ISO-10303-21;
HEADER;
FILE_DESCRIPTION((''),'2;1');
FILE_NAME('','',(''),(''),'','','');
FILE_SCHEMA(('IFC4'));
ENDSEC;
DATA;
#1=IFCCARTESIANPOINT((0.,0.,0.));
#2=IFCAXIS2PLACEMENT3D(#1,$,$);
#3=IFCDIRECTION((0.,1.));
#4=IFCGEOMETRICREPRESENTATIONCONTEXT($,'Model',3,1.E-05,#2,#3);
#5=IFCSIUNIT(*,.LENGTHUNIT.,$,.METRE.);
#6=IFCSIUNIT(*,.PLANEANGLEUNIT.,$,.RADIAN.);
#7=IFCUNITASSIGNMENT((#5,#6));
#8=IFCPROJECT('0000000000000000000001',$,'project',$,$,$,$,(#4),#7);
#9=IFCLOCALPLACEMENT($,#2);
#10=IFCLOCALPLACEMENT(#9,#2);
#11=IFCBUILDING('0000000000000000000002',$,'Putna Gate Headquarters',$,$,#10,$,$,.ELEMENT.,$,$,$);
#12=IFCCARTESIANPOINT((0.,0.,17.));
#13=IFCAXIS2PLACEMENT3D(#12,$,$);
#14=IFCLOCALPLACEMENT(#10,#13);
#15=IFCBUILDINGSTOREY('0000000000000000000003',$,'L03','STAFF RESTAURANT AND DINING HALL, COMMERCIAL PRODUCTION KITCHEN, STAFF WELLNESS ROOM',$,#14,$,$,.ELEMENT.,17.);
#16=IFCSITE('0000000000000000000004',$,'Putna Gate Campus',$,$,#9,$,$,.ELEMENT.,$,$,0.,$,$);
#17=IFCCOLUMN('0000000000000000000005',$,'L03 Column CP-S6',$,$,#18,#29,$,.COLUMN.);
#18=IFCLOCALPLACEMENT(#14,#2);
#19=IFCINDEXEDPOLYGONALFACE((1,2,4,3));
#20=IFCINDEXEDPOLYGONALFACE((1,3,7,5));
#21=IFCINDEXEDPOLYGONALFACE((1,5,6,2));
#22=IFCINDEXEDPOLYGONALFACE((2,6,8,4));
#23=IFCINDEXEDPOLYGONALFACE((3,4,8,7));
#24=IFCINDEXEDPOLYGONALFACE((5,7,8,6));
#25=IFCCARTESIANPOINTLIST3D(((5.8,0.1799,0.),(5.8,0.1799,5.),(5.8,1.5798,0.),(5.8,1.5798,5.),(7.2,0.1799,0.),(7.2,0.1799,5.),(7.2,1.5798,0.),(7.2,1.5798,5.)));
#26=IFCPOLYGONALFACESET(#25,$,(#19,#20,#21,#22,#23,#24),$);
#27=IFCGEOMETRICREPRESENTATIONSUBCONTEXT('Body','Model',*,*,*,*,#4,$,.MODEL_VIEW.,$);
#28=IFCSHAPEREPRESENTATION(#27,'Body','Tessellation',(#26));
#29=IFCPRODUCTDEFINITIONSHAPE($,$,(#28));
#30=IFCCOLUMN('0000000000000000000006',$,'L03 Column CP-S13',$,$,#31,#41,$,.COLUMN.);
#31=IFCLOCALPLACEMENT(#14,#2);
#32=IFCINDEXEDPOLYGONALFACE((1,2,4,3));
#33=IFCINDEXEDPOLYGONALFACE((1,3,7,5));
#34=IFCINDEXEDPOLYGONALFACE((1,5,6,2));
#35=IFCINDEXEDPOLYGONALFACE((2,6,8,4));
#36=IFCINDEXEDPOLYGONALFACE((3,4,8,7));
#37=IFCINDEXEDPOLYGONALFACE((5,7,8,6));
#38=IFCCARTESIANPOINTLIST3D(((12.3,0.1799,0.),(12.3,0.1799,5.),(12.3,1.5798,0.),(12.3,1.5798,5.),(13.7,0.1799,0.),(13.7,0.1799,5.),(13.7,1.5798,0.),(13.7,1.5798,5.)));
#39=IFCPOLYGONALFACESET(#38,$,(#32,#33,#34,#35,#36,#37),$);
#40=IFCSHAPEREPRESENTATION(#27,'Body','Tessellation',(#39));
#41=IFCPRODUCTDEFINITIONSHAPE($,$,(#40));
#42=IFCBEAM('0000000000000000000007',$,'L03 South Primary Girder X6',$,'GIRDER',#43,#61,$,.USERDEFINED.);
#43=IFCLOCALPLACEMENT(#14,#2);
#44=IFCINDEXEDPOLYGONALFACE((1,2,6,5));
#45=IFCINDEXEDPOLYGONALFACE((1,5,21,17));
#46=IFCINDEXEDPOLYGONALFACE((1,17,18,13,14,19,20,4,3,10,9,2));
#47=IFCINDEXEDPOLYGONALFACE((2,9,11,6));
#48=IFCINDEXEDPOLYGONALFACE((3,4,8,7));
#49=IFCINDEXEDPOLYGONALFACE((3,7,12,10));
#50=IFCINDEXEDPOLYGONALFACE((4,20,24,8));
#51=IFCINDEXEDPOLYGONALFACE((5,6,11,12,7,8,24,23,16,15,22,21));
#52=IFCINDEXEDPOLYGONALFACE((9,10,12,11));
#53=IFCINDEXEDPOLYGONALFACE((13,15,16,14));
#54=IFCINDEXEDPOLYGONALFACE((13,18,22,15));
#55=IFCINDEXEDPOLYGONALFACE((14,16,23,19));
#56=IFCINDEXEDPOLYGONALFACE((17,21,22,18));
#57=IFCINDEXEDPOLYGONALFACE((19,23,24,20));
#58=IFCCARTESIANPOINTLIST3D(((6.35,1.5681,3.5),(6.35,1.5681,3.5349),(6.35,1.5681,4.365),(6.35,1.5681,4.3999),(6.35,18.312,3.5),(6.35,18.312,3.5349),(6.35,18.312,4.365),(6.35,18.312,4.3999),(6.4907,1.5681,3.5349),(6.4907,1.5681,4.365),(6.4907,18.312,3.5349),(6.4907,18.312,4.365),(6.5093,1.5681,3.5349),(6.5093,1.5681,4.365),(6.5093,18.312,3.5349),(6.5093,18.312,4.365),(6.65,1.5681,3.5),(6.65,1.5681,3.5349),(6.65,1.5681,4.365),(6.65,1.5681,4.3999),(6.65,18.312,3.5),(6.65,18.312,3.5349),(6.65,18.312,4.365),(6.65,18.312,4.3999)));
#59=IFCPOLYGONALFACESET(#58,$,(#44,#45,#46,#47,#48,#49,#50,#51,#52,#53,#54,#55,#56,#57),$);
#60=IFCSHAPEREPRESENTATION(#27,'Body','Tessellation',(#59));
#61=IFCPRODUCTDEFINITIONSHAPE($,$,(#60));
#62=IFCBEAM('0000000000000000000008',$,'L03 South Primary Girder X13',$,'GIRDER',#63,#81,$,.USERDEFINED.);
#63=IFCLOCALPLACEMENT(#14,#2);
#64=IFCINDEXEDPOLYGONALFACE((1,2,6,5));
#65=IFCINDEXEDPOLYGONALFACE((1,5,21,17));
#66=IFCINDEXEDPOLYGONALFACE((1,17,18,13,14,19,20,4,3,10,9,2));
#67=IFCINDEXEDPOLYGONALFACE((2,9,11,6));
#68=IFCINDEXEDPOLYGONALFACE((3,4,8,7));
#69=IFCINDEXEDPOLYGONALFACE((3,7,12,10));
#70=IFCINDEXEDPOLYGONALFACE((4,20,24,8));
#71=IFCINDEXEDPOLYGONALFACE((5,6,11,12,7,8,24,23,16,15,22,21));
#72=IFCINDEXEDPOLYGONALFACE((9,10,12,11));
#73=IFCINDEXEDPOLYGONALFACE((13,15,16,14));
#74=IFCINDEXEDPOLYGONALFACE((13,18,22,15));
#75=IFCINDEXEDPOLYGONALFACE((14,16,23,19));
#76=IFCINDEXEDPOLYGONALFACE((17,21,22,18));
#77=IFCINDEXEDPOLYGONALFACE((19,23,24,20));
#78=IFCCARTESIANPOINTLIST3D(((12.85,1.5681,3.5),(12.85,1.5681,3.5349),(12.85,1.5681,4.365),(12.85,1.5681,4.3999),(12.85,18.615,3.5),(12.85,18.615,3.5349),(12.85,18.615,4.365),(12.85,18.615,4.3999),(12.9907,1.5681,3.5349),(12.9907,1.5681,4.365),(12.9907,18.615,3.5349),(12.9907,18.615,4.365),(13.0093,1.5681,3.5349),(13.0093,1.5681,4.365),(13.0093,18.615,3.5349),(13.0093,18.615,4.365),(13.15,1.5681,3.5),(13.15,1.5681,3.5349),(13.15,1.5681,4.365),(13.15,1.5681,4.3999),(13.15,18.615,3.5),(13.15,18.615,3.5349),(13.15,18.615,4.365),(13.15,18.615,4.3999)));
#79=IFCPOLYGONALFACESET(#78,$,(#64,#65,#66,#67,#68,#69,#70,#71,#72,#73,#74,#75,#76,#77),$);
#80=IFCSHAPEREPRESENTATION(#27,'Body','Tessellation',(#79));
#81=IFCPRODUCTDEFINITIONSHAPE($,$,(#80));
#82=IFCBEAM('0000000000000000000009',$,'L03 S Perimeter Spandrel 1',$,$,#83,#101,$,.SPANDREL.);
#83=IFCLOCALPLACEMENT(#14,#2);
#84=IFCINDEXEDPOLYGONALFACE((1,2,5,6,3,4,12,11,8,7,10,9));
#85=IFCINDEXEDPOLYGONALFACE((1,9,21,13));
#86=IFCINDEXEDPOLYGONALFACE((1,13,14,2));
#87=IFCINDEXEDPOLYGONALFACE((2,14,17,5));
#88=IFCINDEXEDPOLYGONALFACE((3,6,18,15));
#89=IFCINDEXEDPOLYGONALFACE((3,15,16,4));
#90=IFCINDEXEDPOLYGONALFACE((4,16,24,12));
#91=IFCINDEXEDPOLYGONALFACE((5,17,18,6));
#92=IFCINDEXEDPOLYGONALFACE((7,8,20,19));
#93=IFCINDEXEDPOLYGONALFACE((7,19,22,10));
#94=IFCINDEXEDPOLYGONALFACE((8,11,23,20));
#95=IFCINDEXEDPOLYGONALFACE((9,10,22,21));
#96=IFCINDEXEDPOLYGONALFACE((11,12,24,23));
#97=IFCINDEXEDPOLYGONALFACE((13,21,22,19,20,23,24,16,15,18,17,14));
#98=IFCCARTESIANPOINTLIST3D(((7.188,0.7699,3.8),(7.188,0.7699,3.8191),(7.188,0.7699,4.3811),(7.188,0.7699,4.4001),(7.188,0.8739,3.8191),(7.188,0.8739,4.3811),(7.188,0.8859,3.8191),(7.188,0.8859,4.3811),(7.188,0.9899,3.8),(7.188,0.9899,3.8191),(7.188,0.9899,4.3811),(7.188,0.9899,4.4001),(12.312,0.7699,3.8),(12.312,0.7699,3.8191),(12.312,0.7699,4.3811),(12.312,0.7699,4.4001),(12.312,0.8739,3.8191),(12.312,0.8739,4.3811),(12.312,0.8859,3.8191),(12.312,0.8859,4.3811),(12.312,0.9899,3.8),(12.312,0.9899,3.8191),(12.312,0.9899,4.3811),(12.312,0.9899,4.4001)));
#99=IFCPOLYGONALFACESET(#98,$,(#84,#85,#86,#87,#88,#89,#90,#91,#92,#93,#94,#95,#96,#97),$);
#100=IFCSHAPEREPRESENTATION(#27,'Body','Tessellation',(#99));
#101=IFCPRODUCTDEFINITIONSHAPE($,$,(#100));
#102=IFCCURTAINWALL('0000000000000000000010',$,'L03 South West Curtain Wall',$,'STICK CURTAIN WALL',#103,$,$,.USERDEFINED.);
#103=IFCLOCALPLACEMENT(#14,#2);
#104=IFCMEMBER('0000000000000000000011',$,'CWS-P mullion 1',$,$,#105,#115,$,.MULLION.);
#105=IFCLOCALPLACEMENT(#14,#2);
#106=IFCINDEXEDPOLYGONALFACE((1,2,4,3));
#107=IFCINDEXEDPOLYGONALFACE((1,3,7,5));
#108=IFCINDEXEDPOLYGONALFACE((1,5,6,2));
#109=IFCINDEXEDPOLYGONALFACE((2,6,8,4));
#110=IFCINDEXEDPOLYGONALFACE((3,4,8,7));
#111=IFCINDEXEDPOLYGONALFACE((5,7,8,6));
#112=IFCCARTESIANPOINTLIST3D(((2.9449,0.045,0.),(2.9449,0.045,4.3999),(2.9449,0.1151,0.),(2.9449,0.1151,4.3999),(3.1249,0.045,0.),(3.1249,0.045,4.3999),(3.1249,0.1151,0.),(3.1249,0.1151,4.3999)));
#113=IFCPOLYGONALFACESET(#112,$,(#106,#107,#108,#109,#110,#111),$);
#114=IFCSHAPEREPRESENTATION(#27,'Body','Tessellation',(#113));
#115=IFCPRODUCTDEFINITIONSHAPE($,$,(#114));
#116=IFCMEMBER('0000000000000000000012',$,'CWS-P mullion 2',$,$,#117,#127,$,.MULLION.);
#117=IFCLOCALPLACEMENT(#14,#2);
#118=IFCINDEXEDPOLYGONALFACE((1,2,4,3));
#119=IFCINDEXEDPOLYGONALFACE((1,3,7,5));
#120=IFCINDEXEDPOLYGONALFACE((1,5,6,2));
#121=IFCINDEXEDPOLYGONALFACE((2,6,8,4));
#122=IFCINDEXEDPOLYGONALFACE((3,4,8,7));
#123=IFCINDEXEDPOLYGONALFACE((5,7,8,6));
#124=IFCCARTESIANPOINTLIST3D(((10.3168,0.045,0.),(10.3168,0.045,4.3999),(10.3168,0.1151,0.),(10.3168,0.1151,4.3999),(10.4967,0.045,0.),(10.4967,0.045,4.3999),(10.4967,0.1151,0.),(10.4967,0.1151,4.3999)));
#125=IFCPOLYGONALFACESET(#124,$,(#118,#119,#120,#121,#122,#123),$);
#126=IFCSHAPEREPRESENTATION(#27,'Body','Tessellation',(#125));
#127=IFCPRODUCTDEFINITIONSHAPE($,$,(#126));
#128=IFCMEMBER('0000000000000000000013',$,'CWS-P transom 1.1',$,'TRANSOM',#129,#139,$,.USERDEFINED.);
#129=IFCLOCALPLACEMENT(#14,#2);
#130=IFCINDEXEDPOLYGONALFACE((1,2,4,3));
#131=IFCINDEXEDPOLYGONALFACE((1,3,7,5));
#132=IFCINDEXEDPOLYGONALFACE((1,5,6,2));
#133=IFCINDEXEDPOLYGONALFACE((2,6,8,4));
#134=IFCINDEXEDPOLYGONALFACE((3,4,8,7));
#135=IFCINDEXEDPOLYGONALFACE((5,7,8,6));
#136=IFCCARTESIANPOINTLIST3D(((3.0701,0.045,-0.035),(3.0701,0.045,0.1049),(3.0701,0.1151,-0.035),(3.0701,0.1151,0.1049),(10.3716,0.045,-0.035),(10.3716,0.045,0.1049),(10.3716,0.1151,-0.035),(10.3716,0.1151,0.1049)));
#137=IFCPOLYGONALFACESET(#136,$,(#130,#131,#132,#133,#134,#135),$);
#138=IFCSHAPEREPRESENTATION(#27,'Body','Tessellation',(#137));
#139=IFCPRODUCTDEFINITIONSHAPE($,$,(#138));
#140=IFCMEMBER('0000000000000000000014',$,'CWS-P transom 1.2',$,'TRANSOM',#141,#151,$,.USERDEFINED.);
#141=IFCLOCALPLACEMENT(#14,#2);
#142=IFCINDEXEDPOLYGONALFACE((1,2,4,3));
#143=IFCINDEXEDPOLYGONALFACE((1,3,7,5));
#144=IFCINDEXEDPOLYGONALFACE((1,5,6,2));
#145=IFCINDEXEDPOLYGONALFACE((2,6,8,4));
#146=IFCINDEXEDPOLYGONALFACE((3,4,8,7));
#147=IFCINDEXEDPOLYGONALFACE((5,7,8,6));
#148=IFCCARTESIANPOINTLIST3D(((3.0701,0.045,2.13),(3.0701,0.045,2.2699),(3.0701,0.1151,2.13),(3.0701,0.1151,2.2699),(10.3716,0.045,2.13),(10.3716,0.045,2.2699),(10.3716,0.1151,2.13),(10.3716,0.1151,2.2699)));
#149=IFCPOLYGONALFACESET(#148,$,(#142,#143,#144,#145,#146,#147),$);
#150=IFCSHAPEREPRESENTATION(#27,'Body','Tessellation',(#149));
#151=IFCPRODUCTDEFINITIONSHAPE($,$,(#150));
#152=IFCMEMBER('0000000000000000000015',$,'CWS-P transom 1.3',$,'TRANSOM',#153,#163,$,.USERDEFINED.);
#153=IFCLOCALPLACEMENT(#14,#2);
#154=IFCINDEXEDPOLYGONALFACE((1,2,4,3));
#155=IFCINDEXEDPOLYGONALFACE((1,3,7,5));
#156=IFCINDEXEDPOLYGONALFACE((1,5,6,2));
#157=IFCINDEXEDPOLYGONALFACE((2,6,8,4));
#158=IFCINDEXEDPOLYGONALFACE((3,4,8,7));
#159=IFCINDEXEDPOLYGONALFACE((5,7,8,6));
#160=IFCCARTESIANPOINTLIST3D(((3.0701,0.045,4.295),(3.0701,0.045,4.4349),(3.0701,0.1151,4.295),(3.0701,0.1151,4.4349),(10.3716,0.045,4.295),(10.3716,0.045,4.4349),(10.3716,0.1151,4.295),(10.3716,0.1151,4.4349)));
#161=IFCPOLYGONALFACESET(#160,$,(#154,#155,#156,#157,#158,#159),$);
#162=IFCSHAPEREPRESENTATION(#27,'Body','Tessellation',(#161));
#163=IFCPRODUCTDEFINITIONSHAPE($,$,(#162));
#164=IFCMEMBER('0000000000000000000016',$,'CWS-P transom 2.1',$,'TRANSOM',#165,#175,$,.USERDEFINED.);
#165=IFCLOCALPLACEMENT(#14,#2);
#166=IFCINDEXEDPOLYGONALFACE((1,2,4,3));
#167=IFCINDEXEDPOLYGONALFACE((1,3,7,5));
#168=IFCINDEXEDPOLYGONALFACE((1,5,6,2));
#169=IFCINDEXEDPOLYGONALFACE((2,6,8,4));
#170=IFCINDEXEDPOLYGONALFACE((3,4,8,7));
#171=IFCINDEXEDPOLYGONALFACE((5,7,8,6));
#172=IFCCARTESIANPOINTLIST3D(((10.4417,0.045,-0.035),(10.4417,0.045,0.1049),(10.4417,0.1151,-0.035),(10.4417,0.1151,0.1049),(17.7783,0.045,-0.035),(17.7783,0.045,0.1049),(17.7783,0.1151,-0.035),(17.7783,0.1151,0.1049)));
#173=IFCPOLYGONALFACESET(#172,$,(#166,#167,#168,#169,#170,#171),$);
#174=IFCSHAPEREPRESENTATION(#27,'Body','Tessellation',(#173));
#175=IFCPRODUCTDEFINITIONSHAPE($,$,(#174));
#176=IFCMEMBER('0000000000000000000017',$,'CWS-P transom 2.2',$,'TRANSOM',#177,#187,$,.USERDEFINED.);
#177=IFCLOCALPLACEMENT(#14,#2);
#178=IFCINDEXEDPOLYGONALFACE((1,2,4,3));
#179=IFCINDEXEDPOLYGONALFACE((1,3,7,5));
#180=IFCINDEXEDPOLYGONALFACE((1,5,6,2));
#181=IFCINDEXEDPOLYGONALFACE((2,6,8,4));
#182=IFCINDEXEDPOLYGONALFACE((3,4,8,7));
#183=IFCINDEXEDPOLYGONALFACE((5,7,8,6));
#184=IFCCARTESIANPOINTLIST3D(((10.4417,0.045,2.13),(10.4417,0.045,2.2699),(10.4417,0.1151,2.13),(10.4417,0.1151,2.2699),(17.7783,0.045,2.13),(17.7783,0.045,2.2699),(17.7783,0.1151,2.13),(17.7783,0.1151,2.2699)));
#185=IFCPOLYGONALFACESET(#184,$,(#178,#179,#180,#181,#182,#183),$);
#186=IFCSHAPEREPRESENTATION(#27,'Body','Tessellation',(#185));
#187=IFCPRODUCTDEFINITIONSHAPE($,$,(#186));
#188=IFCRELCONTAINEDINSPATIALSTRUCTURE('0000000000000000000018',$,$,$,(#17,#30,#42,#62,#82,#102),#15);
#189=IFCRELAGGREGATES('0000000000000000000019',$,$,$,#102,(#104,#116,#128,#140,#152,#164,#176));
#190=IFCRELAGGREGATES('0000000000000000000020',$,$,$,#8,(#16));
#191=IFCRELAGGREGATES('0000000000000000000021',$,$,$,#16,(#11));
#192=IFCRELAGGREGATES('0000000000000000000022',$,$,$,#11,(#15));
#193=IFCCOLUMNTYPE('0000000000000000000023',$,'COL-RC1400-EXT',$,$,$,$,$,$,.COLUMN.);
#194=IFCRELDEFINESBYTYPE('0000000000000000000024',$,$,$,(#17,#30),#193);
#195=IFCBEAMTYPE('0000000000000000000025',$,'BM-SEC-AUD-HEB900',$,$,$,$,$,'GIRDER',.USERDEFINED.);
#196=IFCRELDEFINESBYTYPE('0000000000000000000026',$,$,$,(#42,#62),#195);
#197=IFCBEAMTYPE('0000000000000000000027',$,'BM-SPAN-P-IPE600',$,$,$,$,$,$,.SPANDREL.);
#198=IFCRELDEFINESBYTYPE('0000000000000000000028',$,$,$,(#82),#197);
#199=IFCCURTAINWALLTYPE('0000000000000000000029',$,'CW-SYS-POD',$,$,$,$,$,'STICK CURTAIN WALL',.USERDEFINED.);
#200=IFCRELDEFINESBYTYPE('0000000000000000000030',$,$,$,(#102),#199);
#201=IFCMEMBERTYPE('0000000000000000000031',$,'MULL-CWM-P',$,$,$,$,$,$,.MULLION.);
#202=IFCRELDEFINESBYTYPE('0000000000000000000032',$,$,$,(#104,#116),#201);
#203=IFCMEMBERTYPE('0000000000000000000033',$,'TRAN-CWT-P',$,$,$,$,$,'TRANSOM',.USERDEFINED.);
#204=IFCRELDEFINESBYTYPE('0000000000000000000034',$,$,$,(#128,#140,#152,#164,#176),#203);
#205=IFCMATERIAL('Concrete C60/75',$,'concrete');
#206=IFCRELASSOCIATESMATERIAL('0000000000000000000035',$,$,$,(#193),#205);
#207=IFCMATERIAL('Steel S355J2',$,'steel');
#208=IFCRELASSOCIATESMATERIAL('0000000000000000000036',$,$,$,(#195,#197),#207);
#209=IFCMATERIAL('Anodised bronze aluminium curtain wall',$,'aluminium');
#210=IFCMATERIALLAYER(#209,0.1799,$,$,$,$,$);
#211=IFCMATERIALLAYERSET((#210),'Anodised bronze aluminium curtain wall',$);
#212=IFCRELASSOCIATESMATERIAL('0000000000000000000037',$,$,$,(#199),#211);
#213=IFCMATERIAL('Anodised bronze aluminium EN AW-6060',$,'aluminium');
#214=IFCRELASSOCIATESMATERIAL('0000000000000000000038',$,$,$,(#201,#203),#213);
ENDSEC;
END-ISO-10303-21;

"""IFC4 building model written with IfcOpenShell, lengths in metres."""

from ifc_helpers import new_model, si_unit, direction, frame, origin, origin_2d, place, context, subcontext, project, spatial, rectangle, i_section, extrude, material, layer, layer_set, material_profile, profile_set, type_object, element, aggregate, save


model = new_model("IFC4")

# Units and contexts
model_context = context("Model", 3, precision=1e-05, world=origin(), true_north=direction((0.0, 1.0)))
body_context = subcontext(model_context, "Body", "Model", "MODEL_VIEW")
ifc_project = project(units=[si_unit("LENGTHUNIT", "METRE"), si_unit("PLANEANGLEUNIT", "RADIAN")], contexts=[model_context])

# Site, building, storey
site_placement = place(None, origin())
site = spatial("IfcSite", under=ifc_project, at=site_placement, Name="Putna Gate Campus", CompositionType="ELEMENT", RefElevation=0.0)
building_placement = place(site_placement, origin())
building = spatial("IfcBuilding", under=site, at=building_placement, Name="Putna Gate Headquarters", CompositionType="ELEMENT")
storey_placement = place(building_placement, frame((0.0, 0.0, 17.0)))
storey = spatial("IfcBuildingStorey", under=building, at=storey_placement, Name="L03", Description="STAFF RESTAURANT AND DINING HALL, COMMERCIAL PRODUCTION KITCHEN, STAFF WELLNESS ROOM", CompositionType="ELEMENT", Elevation=17.0)

# Columns
ifc_material_1 = material(Name="Concrete C60/75", Category="concrete")
ifc_material_profile_1 = material_profile(ifc_material_1, rectangle(XDim=1.3999, YDim=1.3999, at=origin_2d()), Name="Concrete C60/75")
ifc_profile_set_1 = profile_set([ifc_material_profile_1], Name="Concrete C60/75")
column_type = type_object("IfcColumnType", Name="COL-RC1400-EXT", PredefinedType="COLUMN", material=ifc_profile_set_1)
for number, where, z_axis, x_axis, name in (
    (1, (6.5, 0.8799, 0.0), (0.0, 0.0, 1.0), (1.0, 0.0, 0.0), "L03 Column CP-S6"),
    (2, (13.0, 0.8799, 0.0), (0.0, 0.0, 1.0), (1.0, 0.0, 0.0), "L03 Column CP-S13"),
):
    element("IfcColumn", number, at=place(storey_placement, frame(where, z_axis=z_axis, x_axis=x_axis)), inside=storey, type_object=column_type, Name=name, PredefinedType="COLUMN", context=body_context, shape_type="SweptSolid", body=[
        extrude(rectangle(XDim=1.3999, YDim=1.3999, at=origin_2d()), origin(), (0.0, 0.0, 1.0), 5.0),
    ])

# Beams
ifc_material_2 = material(Name="Steel S355J2", Category="steel")
ifc_material_profile_2 = material_profile(ifc_material_2, i_section(OverallWidth=0.3, OverallDepth=0.8999, WebThickness=0.0186, FlangeThickness=0.0349, at=origin_2d()), Name="Steel S355J2")
ifc_profile_set_2 = profile_set([ifc_material_profile_2], Name="Steel S355J2")
beam_type_1 = type_object("IfcBeamType", Name="BM-SEC-AUD-HEB900", ElementType="GIRDER", PredefinedType="USERDEFINED", material=ifc_profile_set_2)
beam_1_placement = place(storey_placement, frame((6.5, 1.5681, 3.95), z_axis=(0.0, 1.0, 0.0), x_axis=(-1.0, 0.0, 0.0)))
element("IfcBeam", 3, at=beam_1_placement, inside=storey, type_object=beam_type_1, Name="L03 South Primary Girder X6", ObjectType="GIRDER", PredefinedType="USERDEFINED", context=body_context, shape_type="SweptSolid", body=[
    extrude(i_section(OverallWidth=0.3, OverallDepth=0.8999, WebThickness=0.0186, FlangeThickness=0.0349, at=origin_2d()), origin(), (0.0, 0.0, 1.0), 16.7439),
])
beam_2_placement = place(storey_placement, frame((13.0, 1.5681, 3.95), z_axis=(0.0, 1.0, 0.0), x_axis=(-1.0, 0.0, 0.0)))
element("IfcBeam", 4, at=beam_2_placement, inside=storey, type_object=beam_type_1, Name="L03 South Primary Girder X13", ObjectType="GIRDER", PredefinedType="USERDEFINED", context=body_context, shape_type="SweptSolid", body=[
    extrude(i_section(OverallWidth=0.3, OverallDepth=0.8999, WebThickness=0.0186, FlangeThickness=0.0349, at=origin_2d()), origin(), (0.0, 0.0, 1.0), 17.0469),
])
ifc_material_profile_3 = material_profile(ifc_material_2, i_section(OverallWidth=0.22, OverallDepth=0.6001, WebThickness=0.012, FlangeThickness=0.019, at=origin_2d()), Name="Steel S355J2")
ifc_profile_set_3 = profile_set([ifc_material_profile_3], Name="Steel S355J2")
beam_type_2 = type_object("IfcBeamType", Name="BM-SPAN-P-IPE600", PredefinedType="SPANDREL", material=ifc_profile_set_3)
beam_3_placement = place(storey_placement, frame((7.188, 0.8799, 4.1001), z_axis=(1.0, 0.0, 0.0), x_axis=(0.0, 1.0, 0.0)))
element("IfcBeam", 5, at=beam_3_placement, inside=storey, type_object=beam_type_2, Name="L03 S Perimeter Spandrel 1", PredefinedType="SPANDREL", context=body_context, shape_type="SweptSolid", body=[
    extrude(i_section(OverallWidth=0.22, OverallDepth=0.6001, WebThickness=0.012, FlangeThickness=0.019, at=origin_2d()), origin(), (0.0, 0.0, 1.0), 5.124),
])

# Curtain wall, members
ifc_material_3 = material(Name="Anodised bronze aluminium curtain wall", Category="aluminium")
ifc_layer_1 = layer(ifc_material_3, 0.1799)
ifc_layer_set_1 = layer_set([ifc_layer_1], Name="Anodised bronze aluminium curtain wall")
curtain_wall_type = type_object("IfcCurtainWallType", Name="CW-SYS-POD", ElementType="STICK CURTAIN WALL", PredefinedType="USERDEFINED", material=ifc_layer_set_1)
curtain_wall_placement = place(storey_placement, origin())
curtain_wall = element("IfcCurtainWall", 6, at=curtain_wall_placement, inside=storey, type_object=curtain_wall_type, Name="L03 South West Curtain Wall", ObjectType="STICK CURTAIN WALL", PredefinedType="USERDEFINED")
ifc_material_4 = material(Name="Anodised bronze aluminium EN AW-6060", Category="aluminium")
ifc_material_profile_4 = material_profile(ifc_material_4, rectangle(XDim=0.0701, YDim=0.1799, at=origin_2d()), Name="Anodised bronze aluminium EN AW-6060")
ifc_profile_set_4 = profile_set([ifc_material_profile_4], Name="Anodised bronze aluminium EN AW-6060")
member_type_1 = type_object("IfcMemberType", Name="MULL-CWM-P", PredefinedType="MULLION", material=ifc_profile_set_4)
member_1_placement = place(storey_placement, frame((3.0349, 0.0801, 0.0), z_axis=(0.0, 0.0, 1.0), x_axis=(0.0, 1.0, 0.0)))
member_1 = element("IfcMember", 7, at=member_1_placement, type_object=member_type_1, Name="CWS-P mullion 1", PredefinedType="MULLION", context=body_context, shape_type="SweptSolid", body=[
    extrude(rectangle(XDim=0.0701, YDim=0.1799, at=origin_2d()), origin(), (0.0, 0.0, 1.0), 4.3999),
])
member_2_placement = place(storey_placement, frame((10.4067, 0.0801, 0.0), z_axis=(0.0, 0.0, 1.0), x_axis=(0.0, 1.0, 0.0)))
member_2 = element("IfcMember", 8, at=member_2_placement, type_object=member_type_1, Name="CWS-P mullion 2", PredefinedType="MULLION", context=body_context, shape_type="SweptSolid", body=[
    extrude(rectangle(XDim=0.0701, YDim=0.1799, at=origin_2d()), origin(), (0.0, 0.0, 1.0), 4.3999),
])
ifc_material_profile_5 = material_profile(ifc_material_4, rectangle(XDim=0.0701, YDim=0.1399, at=origin_2d()), Name="Anodised bronze aluminium EN AW-6060")
ifc_profile_set_5 = profile_set([ifc_material_profile_5], Name="Anodised bronze aluminium EN AW-6060")
member_type_2 = type_object("IfcMemberType", Name="TRAN-CWT-P", ElementType="TRANSOM", PredefinedType="USERDEFINED", material=ifc_profile_set_5)
member_3_placement = place(storey_placement, frame((3.0701, 0.0801, 0.0349), z_axis=(1.0, 0.0, 0.0), x_axis=(0.0, 1.0, 0.0)))
member_3 = element("IfcMember", 9, at=member_3_placement, type_object=member_type_2, Name="CWS-P transom 1.1", ObjectType="TRANSOM", PredefinedType="USERDEFINED", context=body_context, shape_type="SweptSolid", body=[
    extrude(rectangle(XDim=0.0701, YDim=0.1399, at=origin_2d()), origin(), (0.0, 0.0, 1.0), 7.3015),
])
member_4_placement = place(storey_placement, frame((3.0701, 0.0801, 2.2), z_axis=(1.0, 0.0, 0.0), x_axis=(0.0, 1.0, 0.0)))
member_4 = element("IfcMember", 10, at=member_4_placement, type_object=member_type_2, Name="CWS-P transom 1.2", ObjectType="TRANSOM", PredefinedType="USERDEFINED", context=body_context, shape_type="SweptSolid", body=[
    extrude(rectangle(XDim=0.0701, YDim=0.1399, at=origin_2d()), origin(), (0.0, 0.0, 1.0), 7.3015),
])
member_5_placement = place(storey_placement, frame((3.0701, 0.0801, 4.365), z_axis=(1.0, 0.0, 0.0), x_axis=(0.0, 1.0, 0.0)))
member_5 = element("IfcMember", 11, at=member_5_placement, type_object=member_type_2, Name="CWS-P transom 1.3", ObjectType="TRANSOM", PredefinedType="USERDEFINED", context=body_context, shape_type="SweptSolid", body=[
    extrude(rectangle(XDim=0.0701, YDim=0.1399, at=origin_2d()), origin(), (0.0, 0.0, 1.0), 7.3015),
])
member_6_placement = place(storey_placement, frame((10.4417, 0.0801, 0.0349), z_axis=(1.0, 0.0, 0.0), x_axis=(0.0, 1.0, 0.0)))
member_6 = element("IfcMember", 12, at=member_6_placement, type_object=member_type_2, Name="CWS-P transom 2.1", ObjectType="TRANSOM", PredefinedType="USERDEFINED", context=body_context, shape_type="SweptSolid", body=[
    extrude(rectangle(XDim=0.0701, YDim=0.1399, at=origin_2d()), origin(), (0.0, 0.0, 1.0), 7.3367),
])
member_7_placement = place(storey_placement, frame((10.4417, 0.0801, 2.2), z_axis=(1.0, 0.0, 0.0), x_axis=(0.0, 1.0, 0.0)))
member_7 = element("IfcMember", 13, at=member_7_placement, type_object=member_type_2, Name="CWS-P transom 2.2", ObjectType="TRANSOM", PredefinedType="USERDEFINED", context=body_context, shape_type="SweptSolid", body=[
    extrude(rectangle(XDim=0.0701, YDim=0.1399, at=origin_2d()), origin(), (0.0, 0.0, 1.0), 7.3367),
])

aggregate(curtain_wall, [member_1, member_2, member_3, member_4, member_5, member_6, member_7])

save(model, "model.ifc")
